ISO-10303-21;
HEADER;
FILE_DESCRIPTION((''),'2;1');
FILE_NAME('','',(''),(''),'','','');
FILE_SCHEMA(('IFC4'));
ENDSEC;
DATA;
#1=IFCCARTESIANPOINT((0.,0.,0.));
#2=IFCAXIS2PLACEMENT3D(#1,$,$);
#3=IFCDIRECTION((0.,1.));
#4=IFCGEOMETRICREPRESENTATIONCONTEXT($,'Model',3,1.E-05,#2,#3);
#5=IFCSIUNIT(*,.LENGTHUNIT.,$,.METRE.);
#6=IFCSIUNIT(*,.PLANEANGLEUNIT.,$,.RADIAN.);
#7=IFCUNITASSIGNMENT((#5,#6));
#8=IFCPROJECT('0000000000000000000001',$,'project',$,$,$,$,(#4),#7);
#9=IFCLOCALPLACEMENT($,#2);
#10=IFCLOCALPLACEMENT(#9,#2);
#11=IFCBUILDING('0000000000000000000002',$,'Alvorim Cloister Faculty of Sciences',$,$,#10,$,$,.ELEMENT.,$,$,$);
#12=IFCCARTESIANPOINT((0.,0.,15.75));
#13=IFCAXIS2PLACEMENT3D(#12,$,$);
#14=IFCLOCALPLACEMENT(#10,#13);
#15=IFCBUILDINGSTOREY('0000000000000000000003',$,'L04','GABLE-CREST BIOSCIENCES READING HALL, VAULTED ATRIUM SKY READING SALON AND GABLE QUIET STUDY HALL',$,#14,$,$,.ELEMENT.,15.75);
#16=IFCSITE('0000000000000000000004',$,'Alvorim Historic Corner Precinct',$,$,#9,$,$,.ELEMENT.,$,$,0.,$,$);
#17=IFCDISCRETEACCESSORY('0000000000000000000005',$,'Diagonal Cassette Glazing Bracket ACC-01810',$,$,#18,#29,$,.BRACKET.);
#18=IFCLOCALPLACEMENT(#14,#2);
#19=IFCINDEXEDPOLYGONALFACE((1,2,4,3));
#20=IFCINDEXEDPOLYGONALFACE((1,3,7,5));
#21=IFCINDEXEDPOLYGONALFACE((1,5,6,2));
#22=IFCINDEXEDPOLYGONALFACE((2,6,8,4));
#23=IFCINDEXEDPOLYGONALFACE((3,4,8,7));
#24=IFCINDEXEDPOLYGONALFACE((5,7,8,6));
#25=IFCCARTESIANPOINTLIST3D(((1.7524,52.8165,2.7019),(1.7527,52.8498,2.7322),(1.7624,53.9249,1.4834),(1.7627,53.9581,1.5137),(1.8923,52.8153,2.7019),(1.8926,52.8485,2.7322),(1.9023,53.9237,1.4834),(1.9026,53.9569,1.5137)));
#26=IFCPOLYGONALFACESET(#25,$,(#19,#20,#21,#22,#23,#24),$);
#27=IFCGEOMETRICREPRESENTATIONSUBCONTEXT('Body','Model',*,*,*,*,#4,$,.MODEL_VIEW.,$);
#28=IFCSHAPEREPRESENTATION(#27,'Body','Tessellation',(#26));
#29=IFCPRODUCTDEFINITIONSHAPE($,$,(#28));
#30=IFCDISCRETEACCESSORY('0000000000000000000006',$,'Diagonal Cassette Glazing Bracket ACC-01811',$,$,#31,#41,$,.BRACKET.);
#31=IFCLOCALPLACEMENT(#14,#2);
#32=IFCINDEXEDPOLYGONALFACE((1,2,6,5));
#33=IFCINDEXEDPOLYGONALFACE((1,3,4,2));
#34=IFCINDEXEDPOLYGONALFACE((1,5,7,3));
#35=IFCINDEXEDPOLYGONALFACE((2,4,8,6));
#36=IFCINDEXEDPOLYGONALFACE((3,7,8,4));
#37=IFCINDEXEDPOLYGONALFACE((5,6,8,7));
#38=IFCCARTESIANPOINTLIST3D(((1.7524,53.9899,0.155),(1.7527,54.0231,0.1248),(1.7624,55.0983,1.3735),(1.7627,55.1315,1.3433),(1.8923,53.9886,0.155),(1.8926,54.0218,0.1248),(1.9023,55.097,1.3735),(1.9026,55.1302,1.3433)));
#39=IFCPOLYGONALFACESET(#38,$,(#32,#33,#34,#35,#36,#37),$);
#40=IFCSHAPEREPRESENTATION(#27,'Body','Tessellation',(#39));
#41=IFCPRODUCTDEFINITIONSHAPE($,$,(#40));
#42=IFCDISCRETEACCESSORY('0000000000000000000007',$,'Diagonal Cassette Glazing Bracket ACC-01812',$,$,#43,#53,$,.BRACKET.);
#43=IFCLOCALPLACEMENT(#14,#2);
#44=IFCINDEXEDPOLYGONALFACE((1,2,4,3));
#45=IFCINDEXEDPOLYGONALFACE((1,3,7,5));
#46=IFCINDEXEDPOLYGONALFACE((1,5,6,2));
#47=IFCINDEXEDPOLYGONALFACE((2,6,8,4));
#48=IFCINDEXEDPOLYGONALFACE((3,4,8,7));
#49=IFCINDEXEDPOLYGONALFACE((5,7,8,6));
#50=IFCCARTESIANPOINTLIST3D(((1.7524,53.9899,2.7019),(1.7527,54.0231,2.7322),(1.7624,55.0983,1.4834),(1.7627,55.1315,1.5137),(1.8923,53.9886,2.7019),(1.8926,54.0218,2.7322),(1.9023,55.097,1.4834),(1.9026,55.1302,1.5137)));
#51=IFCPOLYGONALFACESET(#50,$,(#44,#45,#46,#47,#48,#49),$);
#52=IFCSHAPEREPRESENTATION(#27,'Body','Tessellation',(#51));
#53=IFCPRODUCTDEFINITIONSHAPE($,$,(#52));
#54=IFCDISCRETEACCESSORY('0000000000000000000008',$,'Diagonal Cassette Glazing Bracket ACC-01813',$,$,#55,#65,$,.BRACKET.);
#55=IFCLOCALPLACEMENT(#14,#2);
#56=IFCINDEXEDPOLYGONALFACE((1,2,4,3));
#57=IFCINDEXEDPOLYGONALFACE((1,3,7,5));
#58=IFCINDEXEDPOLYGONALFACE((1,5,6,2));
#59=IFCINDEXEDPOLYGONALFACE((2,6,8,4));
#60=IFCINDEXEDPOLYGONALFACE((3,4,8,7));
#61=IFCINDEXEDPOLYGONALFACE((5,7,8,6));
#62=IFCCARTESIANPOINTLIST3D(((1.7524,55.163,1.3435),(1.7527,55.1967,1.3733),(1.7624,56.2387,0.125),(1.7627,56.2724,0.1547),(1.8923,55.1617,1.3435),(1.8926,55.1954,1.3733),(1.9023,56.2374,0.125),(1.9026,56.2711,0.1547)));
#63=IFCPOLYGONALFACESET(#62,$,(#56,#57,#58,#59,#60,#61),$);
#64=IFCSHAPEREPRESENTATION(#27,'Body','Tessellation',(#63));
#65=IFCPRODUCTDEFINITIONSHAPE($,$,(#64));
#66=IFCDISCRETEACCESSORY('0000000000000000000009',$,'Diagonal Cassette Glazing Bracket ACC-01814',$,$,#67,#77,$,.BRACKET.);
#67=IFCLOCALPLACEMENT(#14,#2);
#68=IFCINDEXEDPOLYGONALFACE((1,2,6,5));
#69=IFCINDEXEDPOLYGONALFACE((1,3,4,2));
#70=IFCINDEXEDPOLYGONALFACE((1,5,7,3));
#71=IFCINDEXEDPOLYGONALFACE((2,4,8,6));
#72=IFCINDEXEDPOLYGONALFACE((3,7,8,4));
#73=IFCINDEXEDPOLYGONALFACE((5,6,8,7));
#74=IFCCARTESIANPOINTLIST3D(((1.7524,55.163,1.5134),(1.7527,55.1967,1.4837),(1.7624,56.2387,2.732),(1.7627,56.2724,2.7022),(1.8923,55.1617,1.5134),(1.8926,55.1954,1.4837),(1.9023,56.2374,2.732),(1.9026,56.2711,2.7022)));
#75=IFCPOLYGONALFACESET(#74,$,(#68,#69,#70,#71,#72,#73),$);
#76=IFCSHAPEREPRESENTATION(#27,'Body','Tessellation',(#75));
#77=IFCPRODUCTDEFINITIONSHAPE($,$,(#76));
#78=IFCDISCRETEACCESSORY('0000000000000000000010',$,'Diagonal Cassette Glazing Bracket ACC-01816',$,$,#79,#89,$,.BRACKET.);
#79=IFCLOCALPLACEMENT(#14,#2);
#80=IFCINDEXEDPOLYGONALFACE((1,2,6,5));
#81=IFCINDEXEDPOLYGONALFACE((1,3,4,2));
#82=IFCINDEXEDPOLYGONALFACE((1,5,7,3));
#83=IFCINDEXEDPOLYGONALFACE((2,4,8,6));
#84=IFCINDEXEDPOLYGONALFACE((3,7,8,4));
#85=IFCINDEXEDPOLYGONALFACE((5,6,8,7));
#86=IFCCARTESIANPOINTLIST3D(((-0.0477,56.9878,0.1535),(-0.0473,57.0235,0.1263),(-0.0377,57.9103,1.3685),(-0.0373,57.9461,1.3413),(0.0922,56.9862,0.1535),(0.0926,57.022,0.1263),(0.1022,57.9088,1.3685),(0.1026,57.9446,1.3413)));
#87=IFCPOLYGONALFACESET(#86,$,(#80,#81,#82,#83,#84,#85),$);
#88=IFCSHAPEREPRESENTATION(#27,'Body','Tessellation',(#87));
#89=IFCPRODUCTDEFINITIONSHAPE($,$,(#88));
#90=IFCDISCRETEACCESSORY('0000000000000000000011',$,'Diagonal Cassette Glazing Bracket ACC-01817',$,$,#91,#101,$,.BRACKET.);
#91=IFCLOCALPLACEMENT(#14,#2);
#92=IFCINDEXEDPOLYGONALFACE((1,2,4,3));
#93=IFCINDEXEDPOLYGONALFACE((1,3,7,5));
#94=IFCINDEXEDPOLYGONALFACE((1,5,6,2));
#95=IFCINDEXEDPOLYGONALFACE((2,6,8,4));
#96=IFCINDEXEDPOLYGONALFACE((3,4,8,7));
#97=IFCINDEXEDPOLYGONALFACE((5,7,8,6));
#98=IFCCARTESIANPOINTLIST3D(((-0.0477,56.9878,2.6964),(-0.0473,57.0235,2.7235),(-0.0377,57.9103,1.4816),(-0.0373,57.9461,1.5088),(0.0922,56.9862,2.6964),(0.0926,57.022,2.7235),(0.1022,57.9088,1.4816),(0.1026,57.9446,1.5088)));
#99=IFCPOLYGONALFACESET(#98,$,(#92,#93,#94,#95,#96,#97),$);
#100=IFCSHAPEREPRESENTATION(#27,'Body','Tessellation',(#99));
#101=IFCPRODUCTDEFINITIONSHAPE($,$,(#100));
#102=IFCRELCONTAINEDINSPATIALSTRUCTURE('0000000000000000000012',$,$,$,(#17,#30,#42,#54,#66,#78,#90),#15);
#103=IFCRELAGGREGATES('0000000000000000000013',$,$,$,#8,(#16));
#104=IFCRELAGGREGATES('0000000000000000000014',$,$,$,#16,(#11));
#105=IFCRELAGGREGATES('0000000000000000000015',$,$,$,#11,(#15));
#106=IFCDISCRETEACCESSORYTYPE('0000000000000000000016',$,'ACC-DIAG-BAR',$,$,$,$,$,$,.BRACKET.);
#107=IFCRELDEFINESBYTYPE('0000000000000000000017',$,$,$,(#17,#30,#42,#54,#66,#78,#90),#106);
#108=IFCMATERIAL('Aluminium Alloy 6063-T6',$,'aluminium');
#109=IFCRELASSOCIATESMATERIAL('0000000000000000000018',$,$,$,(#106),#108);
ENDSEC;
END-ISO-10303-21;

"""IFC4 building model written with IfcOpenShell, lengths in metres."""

from ifc_helpers import new_model, si_unit, direction, frame, origin, origin_2d, place, context, subcontext, project, spatial, rectangle, extrude, material, type_object, element, save


model = new_model("IFC4")

# Units and contexts
model_context = context("Model", 3, precision=1e-05, world=origin(), true_north=direction((0.0, 1.0)))
body_context = subcontext(model_context, "Body", "Model", "MODEL_VIEW")
ifc_project = project(units=[si_unit("LENGTHUNIT", "METRE"), si_unit("PLANEANGLEUNIT", "RADIAN")], contexts=[model_context])

# Site, building, storey
site_placement = place(None, origin())
site = spatial("IfcSite", under=ifc_project, at=site_placement, Name="Alvorim Historic Corner Precinct", CompositionType="ELEMENT", RefElevation=0.0)
building_placement = place(site_placement, origin())
building = spatial("IfcBuilding", under=site, at=building_placement, Name="Alvorim Cloister Faculty of Sciences", CompositionType="ELEMENT")
storey_placement = place(building_placement, frame((0.0, 0.0, 15.75)))
storey = spatial("IfcBuildingStorey", under=building, at=storey_placement, Name="L04", Description="GABLE-CREST BIOSCIENCES READING HALL, VAULTED ATRIUM SKY READING SALON AND GABLE QUIET STUDY HALL", CompositionType="ELEMENT", Elevation=15.75)

# Shared definitions
ifc_material_1 = material(Name="Aluminium Alloy 6063-T6", Category="aluminium")

# Discrete accessories
discrete_accessory_type = type_object("IfcDiscreteAccessoryType", Name="ACC-DIAG-BAR", PredefinedType="BRACKET", material=ifc_material_1)
for number, where, z_axis, x_axis, name in (
    (1, (1.8225, 52.8325, 2.717), (0.006077, 0.672882, -0.739725), (-0.999959, 0.00903, 0.0), "Diagonal Cassette Glazing Bracket ACC-01810"),
    (2, (1.8225, 54.0059, 0.1399), (0.006077, 0.672882, 0.739725), (-0.999959, 0.00903, 0.0), "Diagonal Cassette Glazing Bracket ACC-01811"),
    (3, (1.8225, 54.0059, 2.717), (0.006077, 0.672882, -0.739725), (-0.999959, 0.00903, 0.0), "Diagonal Cassette Glazing Bracket ACC-01812"),
):
    element("IfcDiscreteAccessory", number, at=place(storey_placement, frame(where, z_axis=z_axis, x_axis=x_axis)), inside=storey, type_object=discrete_accessory_type, Name=name, PredefinedType="BRACKET", context=body_context, shape_type="SweptSolid", body=[
        extrude(rectangle(XDim=0.1399, YDim=0.0449, at=origin_2d()), origin(), (0.0, 0.0, 1.0), 1.6472),
    ])
for number, where, z_axis, x_axis, name in (
    (4, (1.8225, 55.1792, 1.3584), (0.006158, 0.661793, -0.749661), (-0.999957, 0.009305, 0.0), "Diagonal Cassette Glazing Bracket ACC-01813"),
    (5, (1.8225, 55.1792, 1.4985), (0.006158, 0.661793, 0.749661), (-0.999957, 0.009305, 0.0), "Diagonal Cassette Glazing Bracket ACC-01814"),
):
    element("IfcDiscreteAccessory", number, at=place(storey_placement, frame(where, z_axis=z_axis, x_axis=x_axis)), inside=storey, type_object=discrete_accessory_type, Name=name, PredefinedType="BRACKET", context=body_context, shape_type="SweptSolid", body=[
        extrude(rectangle(XDim=0.1399, YDim=0.0449, at=origin_2d()), origin(), (0.0, 0.0, 1.0), 1.6255),
    ])
discrete_accessory_1_placement = place(storey_placement, frame((0.0225, 57.0049, 0.1399), z_axis=(0.006561, 0.604713, 0.796416), x_axis=(-0.999941, 0.010849, 0.0)))
element("IfcDiscreteAccessory", 6, at=discrete_accessory_1_placement, inside=storey, type_object=discrete_accessory_type, Name="Diagonal Cassette Glazing Bracket ACC-01816", PredefinedType="BRACKET", context=body_context, shape_type="SweptSolid", body=[
    extrude(rectangle(XDim=0.1399, YDim=0.0449, at=origin_2d()), origin(), (0.0, 0.0, 1.0), 1.5256),
])
discrete_accessory_2_placement = place(storey_placement, frame((0.0225, 57.0049, 2.71), z_axis=(0.006562, 0.60479, -0.796358), x_axis=(-0.999941, 0.010849, 0.0)))
element("IfcDiscreteAccessory", 7, at=discrete_accessory_2_placement, inside=storey, type_object=discrete_accessory_type, Name="Diagonal Cassette Glazing Bracket ACC-01817", PredefinedType="BRACKET", context=body_context, shape_type="SweptSolid", body=[
    extrude(rectangle(XDim=0.1399, YDim=0.0449, at=origin_2d()), origin(), (0.0, 0.0, 1.0), 1.5254),
])

save(model, "model.ifc")
